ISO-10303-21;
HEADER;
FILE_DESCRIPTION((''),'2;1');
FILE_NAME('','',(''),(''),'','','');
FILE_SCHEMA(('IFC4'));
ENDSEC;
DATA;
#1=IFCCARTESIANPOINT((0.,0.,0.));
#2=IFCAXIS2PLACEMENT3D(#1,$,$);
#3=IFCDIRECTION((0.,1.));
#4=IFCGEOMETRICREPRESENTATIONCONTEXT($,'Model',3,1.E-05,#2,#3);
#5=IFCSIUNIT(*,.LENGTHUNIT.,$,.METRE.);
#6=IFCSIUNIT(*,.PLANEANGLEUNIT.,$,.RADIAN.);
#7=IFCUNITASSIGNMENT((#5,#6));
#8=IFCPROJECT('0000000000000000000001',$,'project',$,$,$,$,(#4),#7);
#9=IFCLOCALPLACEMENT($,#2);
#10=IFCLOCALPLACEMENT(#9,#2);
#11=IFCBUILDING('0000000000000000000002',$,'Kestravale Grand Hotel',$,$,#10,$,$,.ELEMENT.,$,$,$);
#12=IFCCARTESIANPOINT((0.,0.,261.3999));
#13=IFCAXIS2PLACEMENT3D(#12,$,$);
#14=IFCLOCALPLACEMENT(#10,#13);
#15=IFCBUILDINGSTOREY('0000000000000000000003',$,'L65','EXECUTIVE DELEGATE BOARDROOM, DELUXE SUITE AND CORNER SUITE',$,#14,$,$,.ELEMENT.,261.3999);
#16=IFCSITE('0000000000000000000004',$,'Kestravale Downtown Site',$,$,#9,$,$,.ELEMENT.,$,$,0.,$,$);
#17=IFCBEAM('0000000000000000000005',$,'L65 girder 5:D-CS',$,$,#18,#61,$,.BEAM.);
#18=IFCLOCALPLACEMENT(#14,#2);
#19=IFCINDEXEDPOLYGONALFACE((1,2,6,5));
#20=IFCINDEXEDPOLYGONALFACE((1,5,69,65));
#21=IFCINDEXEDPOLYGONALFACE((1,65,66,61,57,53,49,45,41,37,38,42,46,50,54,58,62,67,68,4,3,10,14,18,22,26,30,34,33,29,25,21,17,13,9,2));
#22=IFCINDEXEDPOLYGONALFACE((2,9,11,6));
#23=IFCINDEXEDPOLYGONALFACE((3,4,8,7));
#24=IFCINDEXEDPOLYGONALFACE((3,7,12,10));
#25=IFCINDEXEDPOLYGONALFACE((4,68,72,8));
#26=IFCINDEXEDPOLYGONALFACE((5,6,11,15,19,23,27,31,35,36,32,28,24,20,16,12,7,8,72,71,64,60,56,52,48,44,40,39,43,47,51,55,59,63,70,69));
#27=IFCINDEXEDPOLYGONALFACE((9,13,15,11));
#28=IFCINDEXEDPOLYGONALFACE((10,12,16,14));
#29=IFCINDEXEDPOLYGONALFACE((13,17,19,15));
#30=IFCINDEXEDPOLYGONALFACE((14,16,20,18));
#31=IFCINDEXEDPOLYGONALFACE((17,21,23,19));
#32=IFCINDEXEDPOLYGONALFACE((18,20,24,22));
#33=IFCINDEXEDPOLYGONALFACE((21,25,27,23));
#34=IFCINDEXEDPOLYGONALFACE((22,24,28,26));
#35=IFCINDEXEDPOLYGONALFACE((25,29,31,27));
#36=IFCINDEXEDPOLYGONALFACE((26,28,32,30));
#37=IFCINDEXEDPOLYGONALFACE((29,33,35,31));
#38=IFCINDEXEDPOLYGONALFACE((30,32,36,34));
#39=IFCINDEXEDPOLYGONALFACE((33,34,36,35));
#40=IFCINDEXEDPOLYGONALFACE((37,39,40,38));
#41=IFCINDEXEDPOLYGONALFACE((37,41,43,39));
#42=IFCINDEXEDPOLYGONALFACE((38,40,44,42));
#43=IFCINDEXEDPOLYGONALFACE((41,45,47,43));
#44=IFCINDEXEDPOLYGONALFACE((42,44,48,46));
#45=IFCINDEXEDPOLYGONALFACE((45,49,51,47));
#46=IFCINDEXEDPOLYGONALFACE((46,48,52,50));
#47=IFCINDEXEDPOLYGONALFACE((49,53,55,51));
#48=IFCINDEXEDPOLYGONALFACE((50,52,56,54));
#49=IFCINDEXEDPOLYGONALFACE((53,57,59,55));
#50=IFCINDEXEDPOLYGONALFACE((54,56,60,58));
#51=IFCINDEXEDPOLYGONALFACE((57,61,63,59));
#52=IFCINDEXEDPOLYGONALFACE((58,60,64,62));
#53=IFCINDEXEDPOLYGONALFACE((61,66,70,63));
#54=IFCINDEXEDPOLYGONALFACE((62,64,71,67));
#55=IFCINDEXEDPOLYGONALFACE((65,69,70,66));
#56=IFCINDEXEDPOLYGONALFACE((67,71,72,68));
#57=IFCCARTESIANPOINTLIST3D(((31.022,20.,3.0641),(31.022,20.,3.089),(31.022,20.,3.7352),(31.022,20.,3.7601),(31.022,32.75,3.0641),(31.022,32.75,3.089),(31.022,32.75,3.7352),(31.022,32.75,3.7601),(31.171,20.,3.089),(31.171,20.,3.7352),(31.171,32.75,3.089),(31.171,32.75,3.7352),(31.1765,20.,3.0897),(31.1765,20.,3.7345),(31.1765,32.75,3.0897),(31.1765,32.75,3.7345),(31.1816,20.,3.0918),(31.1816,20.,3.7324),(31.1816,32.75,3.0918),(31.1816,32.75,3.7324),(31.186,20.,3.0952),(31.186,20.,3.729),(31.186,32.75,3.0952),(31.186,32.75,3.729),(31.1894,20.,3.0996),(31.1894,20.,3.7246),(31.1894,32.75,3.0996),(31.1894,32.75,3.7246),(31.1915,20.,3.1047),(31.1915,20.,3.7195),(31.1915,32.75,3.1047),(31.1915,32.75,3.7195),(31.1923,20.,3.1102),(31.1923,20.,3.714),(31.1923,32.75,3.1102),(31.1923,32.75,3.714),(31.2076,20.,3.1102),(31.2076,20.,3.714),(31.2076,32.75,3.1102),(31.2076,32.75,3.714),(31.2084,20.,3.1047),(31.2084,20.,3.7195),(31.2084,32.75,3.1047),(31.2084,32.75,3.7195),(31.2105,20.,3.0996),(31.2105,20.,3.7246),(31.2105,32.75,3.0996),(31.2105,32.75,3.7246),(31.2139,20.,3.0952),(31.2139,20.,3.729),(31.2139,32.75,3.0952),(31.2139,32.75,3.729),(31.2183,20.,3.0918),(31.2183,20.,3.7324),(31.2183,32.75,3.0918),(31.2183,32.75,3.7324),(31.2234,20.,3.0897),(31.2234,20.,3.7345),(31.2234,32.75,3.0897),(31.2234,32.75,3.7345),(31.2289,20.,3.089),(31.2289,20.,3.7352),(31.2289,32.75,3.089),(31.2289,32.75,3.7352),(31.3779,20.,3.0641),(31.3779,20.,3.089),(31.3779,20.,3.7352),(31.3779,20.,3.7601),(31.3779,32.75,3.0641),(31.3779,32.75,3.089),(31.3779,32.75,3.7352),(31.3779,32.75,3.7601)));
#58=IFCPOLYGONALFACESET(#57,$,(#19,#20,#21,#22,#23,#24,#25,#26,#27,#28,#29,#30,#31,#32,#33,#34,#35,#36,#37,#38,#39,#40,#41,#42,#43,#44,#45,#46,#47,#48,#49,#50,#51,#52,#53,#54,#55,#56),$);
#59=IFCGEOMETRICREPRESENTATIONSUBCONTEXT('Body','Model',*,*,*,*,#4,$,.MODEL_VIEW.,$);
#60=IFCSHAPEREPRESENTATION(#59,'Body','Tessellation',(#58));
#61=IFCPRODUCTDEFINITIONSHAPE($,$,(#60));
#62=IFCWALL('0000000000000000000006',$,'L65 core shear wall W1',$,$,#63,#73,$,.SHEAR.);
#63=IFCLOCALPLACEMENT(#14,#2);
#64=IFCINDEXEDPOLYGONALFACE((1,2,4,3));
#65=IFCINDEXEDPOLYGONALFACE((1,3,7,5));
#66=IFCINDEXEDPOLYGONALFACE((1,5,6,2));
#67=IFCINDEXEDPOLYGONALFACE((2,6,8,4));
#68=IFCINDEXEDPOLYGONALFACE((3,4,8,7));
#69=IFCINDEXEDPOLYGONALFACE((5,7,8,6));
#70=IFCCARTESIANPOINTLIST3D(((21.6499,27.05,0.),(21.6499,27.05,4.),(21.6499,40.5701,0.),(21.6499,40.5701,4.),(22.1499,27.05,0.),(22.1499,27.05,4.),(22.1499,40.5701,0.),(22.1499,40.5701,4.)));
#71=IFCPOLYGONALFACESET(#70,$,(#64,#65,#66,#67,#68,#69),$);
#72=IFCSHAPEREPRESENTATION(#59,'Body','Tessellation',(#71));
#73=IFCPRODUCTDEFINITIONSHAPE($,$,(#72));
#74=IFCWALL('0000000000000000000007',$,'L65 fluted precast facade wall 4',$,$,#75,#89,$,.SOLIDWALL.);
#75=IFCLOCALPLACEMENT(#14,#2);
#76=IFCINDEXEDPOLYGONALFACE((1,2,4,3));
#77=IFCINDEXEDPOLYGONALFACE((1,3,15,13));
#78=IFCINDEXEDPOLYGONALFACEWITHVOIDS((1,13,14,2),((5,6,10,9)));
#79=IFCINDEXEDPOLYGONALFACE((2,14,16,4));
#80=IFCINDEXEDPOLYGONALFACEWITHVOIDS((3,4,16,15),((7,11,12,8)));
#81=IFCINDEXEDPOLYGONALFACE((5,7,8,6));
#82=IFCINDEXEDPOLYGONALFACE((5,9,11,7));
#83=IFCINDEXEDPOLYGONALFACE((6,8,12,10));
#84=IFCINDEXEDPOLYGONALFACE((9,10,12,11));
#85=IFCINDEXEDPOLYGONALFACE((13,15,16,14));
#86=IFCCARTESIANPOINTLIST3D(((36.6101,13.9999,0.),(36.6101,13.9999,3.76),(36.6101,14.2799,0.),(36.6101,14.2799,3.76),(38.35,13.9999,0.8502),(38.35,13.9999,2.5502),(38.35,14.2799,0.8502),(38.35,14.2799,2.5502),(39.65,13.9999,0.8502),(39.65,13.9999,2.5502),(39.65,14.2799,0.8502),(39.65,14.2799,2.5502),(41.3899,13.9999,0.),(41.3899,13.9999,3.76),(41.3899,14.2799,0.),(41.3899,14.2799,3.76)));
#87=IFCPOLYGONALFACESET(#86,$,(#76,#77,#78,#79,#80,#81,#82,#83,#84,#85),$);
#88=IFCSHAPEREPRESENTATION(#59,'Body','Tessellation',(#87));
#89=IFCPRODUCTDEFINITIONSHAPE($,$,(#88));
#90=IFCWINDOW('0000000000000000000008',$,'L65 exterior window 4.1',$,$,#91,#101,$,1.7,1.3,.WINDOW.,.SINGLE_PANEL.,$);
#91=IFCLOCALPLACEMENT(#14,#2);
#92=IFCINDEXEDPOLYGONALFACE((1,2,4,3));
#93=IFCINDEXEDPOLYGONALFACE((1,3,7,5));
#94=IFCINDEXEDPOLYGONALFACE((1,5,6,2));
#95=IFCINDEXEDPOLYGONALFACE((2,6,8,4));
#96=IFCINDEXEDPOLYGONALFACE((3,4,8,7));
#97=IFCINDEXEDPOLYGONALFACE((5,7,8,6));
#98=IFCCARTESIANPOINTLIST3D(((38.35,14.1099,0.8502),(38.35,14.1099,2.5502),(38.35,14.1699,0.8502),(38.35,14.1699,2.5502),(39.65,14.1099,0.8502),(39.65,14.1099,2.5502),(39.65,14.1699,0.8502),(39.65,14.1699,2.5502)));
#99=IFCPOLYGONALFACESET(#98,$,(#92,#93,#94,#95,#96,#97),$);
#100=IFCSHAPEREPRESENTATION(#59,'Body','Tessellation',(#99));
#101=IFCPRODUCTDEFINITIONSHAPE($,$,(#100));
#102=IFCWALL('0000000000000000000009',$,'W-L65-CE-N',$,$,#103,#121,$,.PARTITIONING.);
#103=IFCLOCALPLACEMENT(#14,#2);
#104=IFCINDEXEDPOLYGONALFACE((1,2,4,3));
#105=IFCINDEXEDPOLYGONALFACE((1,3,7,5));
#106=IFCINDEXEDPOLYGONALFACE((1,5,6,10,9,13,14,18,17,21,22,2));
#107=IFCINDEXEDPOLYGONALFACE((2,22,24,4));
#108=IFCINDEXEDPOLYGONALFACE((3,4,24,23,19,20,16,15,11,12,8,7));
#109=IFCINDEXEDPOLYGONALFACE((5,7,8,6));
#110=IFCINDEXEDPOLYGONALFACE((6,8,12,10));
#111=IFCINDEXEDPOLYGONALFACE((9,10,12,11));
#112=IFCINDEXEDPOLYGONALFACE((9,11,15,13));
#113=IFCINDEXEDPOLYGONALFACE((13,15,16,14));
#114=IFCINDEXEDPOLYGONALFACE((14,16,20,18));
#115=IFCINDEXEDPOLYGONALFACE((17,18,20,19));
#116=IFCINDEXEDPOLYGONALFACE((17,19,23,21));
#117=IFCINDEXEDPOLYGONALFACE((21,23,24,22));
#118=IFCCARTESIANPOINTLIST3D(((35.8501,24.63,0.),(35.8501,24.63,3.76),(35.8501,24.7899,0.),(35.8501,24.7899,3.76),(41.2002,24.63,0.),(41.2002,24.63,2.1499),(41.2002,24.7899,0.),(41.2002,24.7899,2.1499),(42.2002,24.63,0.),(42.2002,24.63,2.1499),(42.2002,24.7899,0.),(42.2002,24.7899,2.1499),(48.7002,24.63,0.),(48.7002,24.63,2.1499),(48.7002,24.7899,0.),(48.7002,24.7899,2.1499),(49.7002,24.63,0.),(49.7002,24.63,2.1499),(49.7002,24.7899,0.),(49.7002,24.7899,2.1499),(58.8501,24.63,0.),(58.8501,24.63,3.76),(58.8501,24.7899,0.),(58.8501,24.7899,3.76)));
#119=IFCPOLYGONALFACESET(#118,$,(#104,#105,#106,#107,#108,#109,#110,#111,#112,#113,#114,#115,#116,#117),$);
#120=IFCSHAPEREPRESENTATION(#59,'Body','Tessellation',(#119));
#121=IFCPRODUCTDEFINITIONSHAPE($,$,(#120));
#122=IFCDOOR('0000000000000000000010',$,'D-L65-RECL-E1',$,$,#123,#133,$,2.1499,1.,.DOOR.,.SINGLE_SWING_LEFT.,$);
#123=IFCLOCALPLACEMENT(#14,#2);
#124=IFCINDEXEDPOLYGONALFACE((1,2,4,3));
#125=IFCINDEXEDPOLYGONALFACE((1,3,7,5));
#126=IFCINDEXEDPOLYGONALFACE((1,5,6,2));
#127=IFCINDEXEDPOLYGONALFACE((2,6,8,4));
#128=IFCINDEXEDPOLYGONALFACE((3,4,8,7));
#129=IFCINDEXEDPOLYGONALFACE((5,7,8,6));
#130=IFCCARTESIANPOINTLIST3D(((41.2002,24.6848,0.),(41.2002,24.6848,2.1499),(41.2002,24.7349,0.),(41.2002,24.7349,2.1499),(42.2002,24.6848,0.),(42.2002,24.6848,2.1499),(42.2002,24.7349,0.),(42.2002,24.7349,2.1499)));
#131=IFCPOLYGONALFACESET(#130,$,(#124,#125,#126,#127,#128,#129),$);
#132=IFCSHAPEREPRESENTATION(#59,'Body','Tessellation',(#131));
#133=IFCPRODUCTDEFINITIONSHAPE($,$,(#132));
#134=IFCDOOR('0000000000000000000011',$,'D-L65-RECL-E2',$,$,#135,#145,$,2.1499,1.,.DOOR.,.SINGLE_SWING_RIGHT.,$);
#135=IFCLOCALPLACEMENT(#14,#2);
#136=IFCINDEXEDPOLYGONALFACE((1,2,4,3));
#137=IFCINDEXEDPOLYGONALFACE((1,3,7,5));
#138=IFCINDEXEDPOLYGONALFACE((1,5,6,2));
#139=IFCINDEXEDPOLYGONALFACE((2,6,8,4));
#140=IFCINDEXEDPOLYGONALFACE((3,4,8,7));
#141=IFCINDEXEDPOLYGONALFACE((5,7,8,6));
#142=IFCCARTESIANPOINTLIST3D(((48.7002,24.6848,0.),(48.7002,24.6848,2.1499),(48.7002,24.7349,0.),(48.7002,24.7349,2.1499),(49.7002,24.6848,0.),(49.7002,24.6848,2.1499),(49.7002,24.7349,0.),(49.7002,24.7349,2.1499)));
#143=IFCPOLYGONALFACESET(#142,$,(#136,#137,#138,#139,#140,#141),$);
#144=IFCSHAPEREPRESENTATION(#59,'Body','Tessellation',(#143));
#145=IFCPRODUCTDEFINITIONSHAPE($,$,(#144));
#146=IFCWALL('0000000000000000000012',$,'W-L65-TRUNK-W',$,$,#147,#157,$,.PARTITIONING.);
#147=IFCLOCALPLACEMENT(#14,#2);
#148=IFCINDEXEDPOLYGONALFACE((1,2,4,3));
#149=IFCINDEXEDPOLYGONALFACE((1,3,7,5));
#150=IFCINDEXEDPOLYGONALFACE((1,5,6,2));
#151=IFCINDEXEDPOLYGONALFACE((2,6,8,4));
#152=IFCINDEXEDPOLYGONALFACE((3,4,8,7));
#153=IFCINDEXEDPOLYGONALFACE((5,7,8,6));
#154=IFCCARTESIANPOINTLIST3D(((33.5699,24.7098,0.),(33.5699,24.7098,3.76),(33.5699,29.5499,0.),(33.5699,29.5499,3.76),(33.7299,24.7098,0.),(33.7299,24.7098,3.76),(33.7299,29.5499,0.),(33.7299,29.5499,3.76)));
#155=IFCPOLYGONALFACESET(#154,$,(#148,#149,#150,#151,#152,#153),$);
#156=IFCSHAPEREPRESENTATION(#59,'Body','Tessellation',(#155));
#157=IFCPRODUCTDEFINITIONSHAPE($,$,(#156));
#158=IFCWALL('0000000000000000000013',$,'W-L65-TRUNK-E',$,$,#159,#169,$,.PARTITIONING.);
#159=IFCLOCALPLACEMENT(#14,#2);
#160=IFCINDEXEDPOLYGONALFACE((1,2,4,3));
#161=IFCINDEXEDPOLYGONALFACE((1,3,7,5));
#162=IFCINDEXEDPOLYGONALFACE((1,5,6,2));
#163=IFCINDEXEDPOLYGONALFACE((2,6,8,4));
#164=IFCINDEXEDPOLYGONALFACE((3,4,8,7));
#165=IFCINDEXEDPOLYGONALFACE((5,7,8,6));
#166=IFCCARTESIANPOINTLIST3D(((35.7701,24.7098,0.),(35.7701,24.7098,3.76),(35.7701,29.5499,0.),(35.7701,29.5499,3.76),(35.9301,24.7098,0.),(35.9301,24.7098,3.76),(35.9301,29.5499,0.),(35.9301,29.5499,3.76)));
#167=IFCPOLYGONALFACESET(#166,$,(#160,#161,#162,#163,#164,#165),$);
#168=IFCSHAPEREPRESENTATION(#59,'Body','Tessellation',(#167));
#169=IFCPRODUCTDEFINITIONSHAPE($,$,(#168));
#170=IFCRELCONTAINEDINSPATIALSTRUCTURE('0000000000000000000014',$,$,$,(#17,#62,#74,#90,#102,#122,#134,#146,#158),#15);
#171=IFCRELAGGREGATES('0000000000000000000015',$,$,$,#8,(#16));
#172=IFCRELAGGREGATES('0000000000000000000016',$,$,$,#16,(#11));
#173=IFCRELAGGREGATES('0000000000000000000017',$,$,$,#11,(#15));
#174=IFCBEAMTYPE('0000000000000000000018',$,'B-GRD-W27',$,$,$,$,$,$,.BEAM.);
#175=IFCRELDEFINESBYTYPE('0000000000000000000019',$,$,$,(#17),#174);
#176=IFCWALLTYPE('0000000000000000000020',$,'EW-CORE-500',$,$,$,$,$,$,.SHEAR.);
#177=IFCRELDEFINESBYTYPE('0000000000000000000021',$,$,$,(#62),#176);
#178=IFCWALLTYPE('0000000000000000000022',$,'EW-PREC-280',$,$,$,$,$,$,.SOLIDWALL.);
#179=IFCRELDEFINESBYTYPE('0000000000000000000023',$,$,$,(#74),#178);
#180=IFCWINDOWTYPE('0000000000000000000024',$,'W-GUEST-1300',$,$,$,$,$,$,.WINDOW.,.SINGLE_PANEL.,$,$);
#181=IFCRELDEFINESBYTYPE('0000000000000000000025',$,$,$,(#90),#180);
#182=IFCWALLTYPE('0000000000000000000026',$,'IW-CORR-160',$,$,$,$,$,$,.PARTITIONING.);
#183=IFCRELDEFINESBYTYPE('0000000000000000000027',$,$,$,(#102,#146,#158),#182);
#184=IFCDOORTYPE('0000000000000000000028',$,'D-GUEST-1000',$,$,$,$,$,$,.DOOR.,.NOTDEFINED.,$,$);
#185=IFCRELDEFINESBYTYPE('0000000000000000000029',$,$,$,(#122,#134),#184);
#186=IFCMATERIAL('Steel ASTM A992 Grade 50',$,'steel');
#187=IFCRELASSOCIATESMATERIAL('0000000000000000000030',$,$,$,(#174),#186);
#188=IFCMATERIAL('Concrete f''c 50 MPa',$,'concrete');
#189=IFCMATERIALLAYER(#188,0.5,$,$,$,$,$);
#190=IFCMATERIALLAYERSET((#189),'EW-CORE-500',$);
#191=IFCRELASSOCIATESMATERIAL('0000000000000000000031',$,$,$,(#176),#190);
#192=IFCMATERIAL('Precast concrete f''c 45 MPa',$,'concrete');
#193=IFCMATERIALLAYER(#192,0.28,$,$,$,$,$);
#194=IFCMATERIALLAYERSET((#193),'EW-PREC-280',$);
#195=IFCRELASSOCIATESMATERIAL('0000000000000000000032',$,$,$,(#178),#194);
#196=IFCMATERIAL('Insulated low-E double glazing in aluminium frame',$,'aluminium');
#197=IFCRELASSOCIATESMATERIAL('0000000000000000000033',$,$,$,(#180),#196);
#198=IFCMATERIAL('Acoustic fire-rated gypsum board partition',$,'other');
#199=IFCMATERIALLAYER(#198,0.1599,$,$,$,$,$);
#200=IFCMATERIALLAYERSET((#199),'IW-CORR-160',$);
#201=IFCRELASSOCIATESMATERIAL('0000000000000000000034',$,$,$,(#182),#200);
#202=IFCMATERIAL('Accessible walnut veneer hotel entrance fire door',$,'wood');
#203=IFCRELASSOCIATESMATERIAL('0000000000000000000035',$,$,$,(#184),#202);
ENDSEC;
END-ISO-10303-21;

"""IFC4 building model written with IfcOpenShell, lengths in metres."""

from ifc_helpers import new_model, si_unit, direction, frame, frame_2d, origin, origin_2d, place, context, subcontext, project, spatial, rectangle, i_section, extrude, material, layer, layer_set, material_profile, profile_set, type_object, element, fill, save


model = new_model("IFC4")

# Units and contexts
model_context = context("Model", 3, precision=1e-05, world=origin(), true_north=direction((0.0, 1.0)))
body_context = subcontext(model_context, "Body", "Model", "MODEL_VIEW")
ifc_project = project(units=[si_unit("LENGTHUNIT", "METRE"), si_unit("PLANEANGLEUNIT", "RADIAN")], contexts=[model_context])

# Site, building, storey
site_placement = place(None, origin())
site = spatial("IfcSite", under=ifc_project, at=site_placement, Name="Kestravale Downtown Site", CompositionType="ELEMENT", RefElevation=0.0)
building_placement = place(site_placement, origin())
building = spatial("IfcBuilding", under=site, at=building_placement, Name="Kestravale Grand Hotel", CompositionType="ELEMENT")
storey_placement = place(building_placement, frame((0.0, 0.0, 261.3999)))
storey = spatial("IfcBuildingStorey", under=building, at=storey_placement, Name="L65", Description="EXECUTIVE DELEGATE BOARDROOM, DELUXE SUITE AND CORNER SUITE", CompositionType="ELEMENT", Elevation=261.3999)

# Beam
ifc_material_1 = material(Name="Steel ASTM A992 Grade 50", Category="steel")
ifc_material_profile_1 = material_profile(ifc_material_1, i_section(OverallWidth=0.356, OverallDepth=0.696, WebThickness=0.0154, FlangeThickness=0.0249, FilletRadius=0.0212, at=origin_2d()))
ifc_profile_set_1 = profile_set([ifc_material_profile_1], Name="Steel ASTM A992 Grade 50")
beam_type_1 = type_object("IfcBeamType", Name="B-GRD-W27", PredefinedType="BEAM", material=ifc_profile_set_1)
for number, where, z_axis, x_axis, name in (
    (1, (31.2, 20.0, 3.4121), (0.0, 1.0, 0.0), (-1.0, 0.0, 0.0), "L65 girder 5:D-CS"),
):
    element("IfcBeam", number, at=place(storey_placement, frame(where, z_axis=z_axis, x_axis=x_axis)), inside=storey, type_object=beam_type_1, Name=name, PredefinedType="BEAM", context=body_context, shape_type="SweptSolid", body=[
        extrude(i_section(OverallWidth=0.356, OverallDepth=0.696, WebThickness=0.0154, FlangeThickness=0.0249, FilletRadius=0.0212, at=origin_2d()), origin(), (0.0, 0.0, 1.0), 12.75),
    ])

# Wall
ifc_material_2 = material(Name="Concrete f'c 50 MPa", Category="concrete")
ifc_layer_1 = layer(ifc_material_2, 0.5)
ifc_layer_set_1 = layer_set([ifc_layer_1], Name="EW-CORE-500")
wall_type_1 = type_object("IfcWallType", Name="EW-CORE-500", PredefinedType="SHEAR", material=ifc_layer_set_1)
wall_1_placement = place(storey_placement, frame((21.8999, 27.05, 0.0), z_axis=(0.0, 0.0, 1.0), x_axis=(0.0, 1.0, 0.0)))
element("IfcWall", 2, at=wall_1_placement, inside=storey, type_object=wall_type_1, Name="L65 core shear wall W1", PredefinedType="SHEAR", context=body_context, shape_type="SweptSolid", body=[
    extrude(rectangle(XDim=13.52, YDim=0.5, at=frame_2d((6.76, 0.0))), origin(), (0.0, 0.0, 1.0), 4.0),
])

# Wall, opening, window
ifc_material_3 = material(Name="Precast concrete f'c 45 MPa", Category="concrete")
ifc_layer_2 = layer(ifc_material_3, 0.28)
ifc_layer_set_2 = layer_set([ifc_layer_2], Name="EW-PREC-280")
wall_type_2 = type_object("IfcWallType", Name="EW-PREC-280", PredefinedType="SOLIDWALL", material=ifc_layer_set_2)
wall_2_placement = place(storey_placement, frame((36.6101, 14.1399, 0.0), z_axis=(0.0, 0.0, 1.0), x_axis=(1.0, 0.0, 0.0)))
wall_2 = element("IfcWall", 3, at=wall_2_placement, inside=storey, type_object=wall_type_2, Name="L65 fluted precast facade wall 4", PredefinedType="SOLIDWALL", context=body_context, shape_type="SweptSolid", body=[
    extrude(rectangle(XDim=4.7798, YDim=0.28, at=frame_2d((2.3899, 0.0))), origin(), (0.0, 0.0, 1.0), 3.76),
])
opening_1_placement = place(wall_2_placement, frame((1.74, 0.0, 0.8501)))
opening_1 = element("IfcOpeningElement", 4, at=opening_1_placement, cuts=wall_2, PredefinedType="OPENING", context=body_context, shape_type="SweptSolid", body=[
    extrude(rectangle(XDim=1.3, YDim=1.7, at=frame_2d((0.6499, 0.8501))), frame((0.0, 0.1499, 0.0), z_axis=(0.0, -1.0, 0.0), x_axis=(1.0, 0.0, 0.0)), (0.0, 0.0, 1.0), 0.3),
])
ifc_material_4 = material(Name="Insulated low-E double glazing in aluminium frame", Category="aluminium")
window_type = type_object("IfcWindowType", Name="W-GUEST-1300", PartitioningType="SINGLE_PANEL", PredefinedType="WINDOW", material=ifc_material_4)
window_placement = place(opening_1_placement, origin())
window = element("IfcWindow", 5, at=window_placement, inside=storey, type_object=window_type, Name="L65 exterior window 4.1", OverallHeight=1.7, OverallWidth=1.3, PartitioningType="SINGLE_PANEL", PredefinedType="WINDOW", context=body_context, shape_type="SweptSolid", body=[
    extrude(rectangle(XDim=1.3, YDim=1.7, at=frame_2d((0.6499, 0.8501))), frame((0.0, 0.03, 0.0), z_axis=(0.0, -1.0, 0.0), x_axis=(1.0, 0.0, 0.0)), (0.0, 0.0, 1.0), 0.0601),
])
fill(opening_1, window)

# Wall, openings, doors
ifc_material_5 = material(Name="Acoustic fire-rated gypsum board partition", Category="other")
ifc_layer_3 = layer(ifc_material_5, 0.1599)
ifc_layer_set_3 = layer_set([ifc_layer_3], Name="IW-CORR-160")
wall_type_3 = type_object("IfcWallType", Name="IW-CORR-160", PredefinedType="PARTITIONING", material=ifc_layer_set_3)
wall_3_placement = place(storey_placement, frame((35.8501, 24.71, 0.0), z_axis=(0.0, 0.0, 1.0), x_axis=(1.0, 0.0, 0.0)))
wall_3 = element("IfcWall", 6, at=wall_3_placement, inside=storey, type_object=wall_type_3, Name="W-L65-CE-N", PredefinedType="PARTITIONING", context=body_context, shape_type="SweptSolid", body=[
    extrude(rectangle(XDim=23.0, YDim=0.1599, at=frame_2d((11.5, 0.0))), origin(), (0.0, 0.0, 1.0), 3.76),
])
opening_2_placement = place(wall_3_placement, frame((5.3501, 0.0, 0.0)))
opening_2 = element("IfcOpeningElement", 7, at=opening_2_placement, cuts=wall_3, PredefinedType="OPENING", context=body_context, shape_type="SweptSolid", body=[
    extrude(rectangle(XDim=1.0, YDim=2.1499, at=frame_2d((0.5, 1.075))), frame((0.0, 0.0898, 0.0), z_axis=(0.0, -1.0, 0.0), x_axis=(1.0, 0.0, 0.0)), (0.0, 0.0, 1.0), 0.1799),
])
opening_3_placement = place(wall_3_placement, frame((12.8501, 0.0, 0.0)))
opening_3 = element("IfcOpeningElement", 8, at=opening_3_placement, cuts=wall_3, PredefinedType="OPENING", context=body_context, shape_type="SweptSolid", body=[
    extrude(rectangle(XDim=1.0, YDim=2.1499, at=frame_2d((0.5, 1.075))), frame((0.0, 0.0898, 0.0), z_axis=(0.0, -1.0, 0.0), x_axis=(1.0, 0.0, 0.0)), (0.0, 0.0, 1.0), 0.1799),
])
ifc_material_6 = material(Name="Accessible walnut veneer hotel entrance fire door", Category="wood")
door_type_1 = type_object("IfcDoorType", Name="D-GUEST-1000", OperationType="NOTDEFINED", PredefinedType="DOOR", material=ifc_material_6)
door_1_placement = place(opening_2_placement, origin())
door_1 = element("IfcDoor", 9, at=door_1_placement, inside=storey, type_object=door_type_1, Name="D-L65-RECL-E1", OperationType="SINGLE_SWING_LEFT", OverallHeight=2.1499, OverallWidth=1.0, PredefinedType="DOOR", context=body_context, shape_type="SweptSolid", body=[
    extrude(rectangle(XDim=1.0, YDim=2.1499, at=frame_2d((0.5, 1.075))), frame((0.0, 0.0249, 0.0), z_axis=(0.0, -1.0, 0.0), x_axis=(1.0, 0.0, 0.0)), (0.0, 0.0, 1.0), 0.05),
])
fill(opening_2, door_1)
door_2_placement = place(opening_3_placement, origin())
door_2 = element("IfcDoor", 10, at=door_2_placement, inside=storey, type_object=door_type_1, Name="D-L65-RECL-E2", OperationType="SINGLE_SWING_RIGHT", OverallHeight=2.1499, OverallWidth=1.0, PredefinedType="DOOR", context=body_context, shape_type="SweptSolid", body=[
    extrude(rectangle(XDim=1.0, YDim=2.1499, at=frame_2d((0.5, 1.075))), frame((0.0, 0.0249, 0.0), z_axis=(0.0, -1.0, 0.0), x_axis=(1.0, 0.0, 0.0)), (0.0, 0.0, 1.0), 0.05),
])
fill(opening_3, door_2)

# Walls
for number, where, z_axis, x_axis, name in (
    (11, (33.6499, 24.71, 0.0), (0.0, 0.0, 1.0), (0.0, 1.0, 0.0), "W-L65-TRUNK-W"),
    (12, (35.8501, 24.71, 0.0), (0.0, 0.0, 1.0), (0.0, 1.0, 0.0), "W-L65-TRUNK-E"),
):
    element("IfcWall", number, at=place(storey_placement, frame(where, z_axis=z_axis, x_axis=x_axis)), inside=storey, type_object=wall_type_3, Name=name, PredefinedType="PARTITIONING", context=body_context, shape_type="SweptSolid", body=[
        extrude(rectangle(XDim=4.8401, YDim=0.1599, at=frame_2d((2.4199, 0.0))), origin(), (0.0, 0.0, 1.0), 3.76),
    ])

save(model, "model.ifc")
